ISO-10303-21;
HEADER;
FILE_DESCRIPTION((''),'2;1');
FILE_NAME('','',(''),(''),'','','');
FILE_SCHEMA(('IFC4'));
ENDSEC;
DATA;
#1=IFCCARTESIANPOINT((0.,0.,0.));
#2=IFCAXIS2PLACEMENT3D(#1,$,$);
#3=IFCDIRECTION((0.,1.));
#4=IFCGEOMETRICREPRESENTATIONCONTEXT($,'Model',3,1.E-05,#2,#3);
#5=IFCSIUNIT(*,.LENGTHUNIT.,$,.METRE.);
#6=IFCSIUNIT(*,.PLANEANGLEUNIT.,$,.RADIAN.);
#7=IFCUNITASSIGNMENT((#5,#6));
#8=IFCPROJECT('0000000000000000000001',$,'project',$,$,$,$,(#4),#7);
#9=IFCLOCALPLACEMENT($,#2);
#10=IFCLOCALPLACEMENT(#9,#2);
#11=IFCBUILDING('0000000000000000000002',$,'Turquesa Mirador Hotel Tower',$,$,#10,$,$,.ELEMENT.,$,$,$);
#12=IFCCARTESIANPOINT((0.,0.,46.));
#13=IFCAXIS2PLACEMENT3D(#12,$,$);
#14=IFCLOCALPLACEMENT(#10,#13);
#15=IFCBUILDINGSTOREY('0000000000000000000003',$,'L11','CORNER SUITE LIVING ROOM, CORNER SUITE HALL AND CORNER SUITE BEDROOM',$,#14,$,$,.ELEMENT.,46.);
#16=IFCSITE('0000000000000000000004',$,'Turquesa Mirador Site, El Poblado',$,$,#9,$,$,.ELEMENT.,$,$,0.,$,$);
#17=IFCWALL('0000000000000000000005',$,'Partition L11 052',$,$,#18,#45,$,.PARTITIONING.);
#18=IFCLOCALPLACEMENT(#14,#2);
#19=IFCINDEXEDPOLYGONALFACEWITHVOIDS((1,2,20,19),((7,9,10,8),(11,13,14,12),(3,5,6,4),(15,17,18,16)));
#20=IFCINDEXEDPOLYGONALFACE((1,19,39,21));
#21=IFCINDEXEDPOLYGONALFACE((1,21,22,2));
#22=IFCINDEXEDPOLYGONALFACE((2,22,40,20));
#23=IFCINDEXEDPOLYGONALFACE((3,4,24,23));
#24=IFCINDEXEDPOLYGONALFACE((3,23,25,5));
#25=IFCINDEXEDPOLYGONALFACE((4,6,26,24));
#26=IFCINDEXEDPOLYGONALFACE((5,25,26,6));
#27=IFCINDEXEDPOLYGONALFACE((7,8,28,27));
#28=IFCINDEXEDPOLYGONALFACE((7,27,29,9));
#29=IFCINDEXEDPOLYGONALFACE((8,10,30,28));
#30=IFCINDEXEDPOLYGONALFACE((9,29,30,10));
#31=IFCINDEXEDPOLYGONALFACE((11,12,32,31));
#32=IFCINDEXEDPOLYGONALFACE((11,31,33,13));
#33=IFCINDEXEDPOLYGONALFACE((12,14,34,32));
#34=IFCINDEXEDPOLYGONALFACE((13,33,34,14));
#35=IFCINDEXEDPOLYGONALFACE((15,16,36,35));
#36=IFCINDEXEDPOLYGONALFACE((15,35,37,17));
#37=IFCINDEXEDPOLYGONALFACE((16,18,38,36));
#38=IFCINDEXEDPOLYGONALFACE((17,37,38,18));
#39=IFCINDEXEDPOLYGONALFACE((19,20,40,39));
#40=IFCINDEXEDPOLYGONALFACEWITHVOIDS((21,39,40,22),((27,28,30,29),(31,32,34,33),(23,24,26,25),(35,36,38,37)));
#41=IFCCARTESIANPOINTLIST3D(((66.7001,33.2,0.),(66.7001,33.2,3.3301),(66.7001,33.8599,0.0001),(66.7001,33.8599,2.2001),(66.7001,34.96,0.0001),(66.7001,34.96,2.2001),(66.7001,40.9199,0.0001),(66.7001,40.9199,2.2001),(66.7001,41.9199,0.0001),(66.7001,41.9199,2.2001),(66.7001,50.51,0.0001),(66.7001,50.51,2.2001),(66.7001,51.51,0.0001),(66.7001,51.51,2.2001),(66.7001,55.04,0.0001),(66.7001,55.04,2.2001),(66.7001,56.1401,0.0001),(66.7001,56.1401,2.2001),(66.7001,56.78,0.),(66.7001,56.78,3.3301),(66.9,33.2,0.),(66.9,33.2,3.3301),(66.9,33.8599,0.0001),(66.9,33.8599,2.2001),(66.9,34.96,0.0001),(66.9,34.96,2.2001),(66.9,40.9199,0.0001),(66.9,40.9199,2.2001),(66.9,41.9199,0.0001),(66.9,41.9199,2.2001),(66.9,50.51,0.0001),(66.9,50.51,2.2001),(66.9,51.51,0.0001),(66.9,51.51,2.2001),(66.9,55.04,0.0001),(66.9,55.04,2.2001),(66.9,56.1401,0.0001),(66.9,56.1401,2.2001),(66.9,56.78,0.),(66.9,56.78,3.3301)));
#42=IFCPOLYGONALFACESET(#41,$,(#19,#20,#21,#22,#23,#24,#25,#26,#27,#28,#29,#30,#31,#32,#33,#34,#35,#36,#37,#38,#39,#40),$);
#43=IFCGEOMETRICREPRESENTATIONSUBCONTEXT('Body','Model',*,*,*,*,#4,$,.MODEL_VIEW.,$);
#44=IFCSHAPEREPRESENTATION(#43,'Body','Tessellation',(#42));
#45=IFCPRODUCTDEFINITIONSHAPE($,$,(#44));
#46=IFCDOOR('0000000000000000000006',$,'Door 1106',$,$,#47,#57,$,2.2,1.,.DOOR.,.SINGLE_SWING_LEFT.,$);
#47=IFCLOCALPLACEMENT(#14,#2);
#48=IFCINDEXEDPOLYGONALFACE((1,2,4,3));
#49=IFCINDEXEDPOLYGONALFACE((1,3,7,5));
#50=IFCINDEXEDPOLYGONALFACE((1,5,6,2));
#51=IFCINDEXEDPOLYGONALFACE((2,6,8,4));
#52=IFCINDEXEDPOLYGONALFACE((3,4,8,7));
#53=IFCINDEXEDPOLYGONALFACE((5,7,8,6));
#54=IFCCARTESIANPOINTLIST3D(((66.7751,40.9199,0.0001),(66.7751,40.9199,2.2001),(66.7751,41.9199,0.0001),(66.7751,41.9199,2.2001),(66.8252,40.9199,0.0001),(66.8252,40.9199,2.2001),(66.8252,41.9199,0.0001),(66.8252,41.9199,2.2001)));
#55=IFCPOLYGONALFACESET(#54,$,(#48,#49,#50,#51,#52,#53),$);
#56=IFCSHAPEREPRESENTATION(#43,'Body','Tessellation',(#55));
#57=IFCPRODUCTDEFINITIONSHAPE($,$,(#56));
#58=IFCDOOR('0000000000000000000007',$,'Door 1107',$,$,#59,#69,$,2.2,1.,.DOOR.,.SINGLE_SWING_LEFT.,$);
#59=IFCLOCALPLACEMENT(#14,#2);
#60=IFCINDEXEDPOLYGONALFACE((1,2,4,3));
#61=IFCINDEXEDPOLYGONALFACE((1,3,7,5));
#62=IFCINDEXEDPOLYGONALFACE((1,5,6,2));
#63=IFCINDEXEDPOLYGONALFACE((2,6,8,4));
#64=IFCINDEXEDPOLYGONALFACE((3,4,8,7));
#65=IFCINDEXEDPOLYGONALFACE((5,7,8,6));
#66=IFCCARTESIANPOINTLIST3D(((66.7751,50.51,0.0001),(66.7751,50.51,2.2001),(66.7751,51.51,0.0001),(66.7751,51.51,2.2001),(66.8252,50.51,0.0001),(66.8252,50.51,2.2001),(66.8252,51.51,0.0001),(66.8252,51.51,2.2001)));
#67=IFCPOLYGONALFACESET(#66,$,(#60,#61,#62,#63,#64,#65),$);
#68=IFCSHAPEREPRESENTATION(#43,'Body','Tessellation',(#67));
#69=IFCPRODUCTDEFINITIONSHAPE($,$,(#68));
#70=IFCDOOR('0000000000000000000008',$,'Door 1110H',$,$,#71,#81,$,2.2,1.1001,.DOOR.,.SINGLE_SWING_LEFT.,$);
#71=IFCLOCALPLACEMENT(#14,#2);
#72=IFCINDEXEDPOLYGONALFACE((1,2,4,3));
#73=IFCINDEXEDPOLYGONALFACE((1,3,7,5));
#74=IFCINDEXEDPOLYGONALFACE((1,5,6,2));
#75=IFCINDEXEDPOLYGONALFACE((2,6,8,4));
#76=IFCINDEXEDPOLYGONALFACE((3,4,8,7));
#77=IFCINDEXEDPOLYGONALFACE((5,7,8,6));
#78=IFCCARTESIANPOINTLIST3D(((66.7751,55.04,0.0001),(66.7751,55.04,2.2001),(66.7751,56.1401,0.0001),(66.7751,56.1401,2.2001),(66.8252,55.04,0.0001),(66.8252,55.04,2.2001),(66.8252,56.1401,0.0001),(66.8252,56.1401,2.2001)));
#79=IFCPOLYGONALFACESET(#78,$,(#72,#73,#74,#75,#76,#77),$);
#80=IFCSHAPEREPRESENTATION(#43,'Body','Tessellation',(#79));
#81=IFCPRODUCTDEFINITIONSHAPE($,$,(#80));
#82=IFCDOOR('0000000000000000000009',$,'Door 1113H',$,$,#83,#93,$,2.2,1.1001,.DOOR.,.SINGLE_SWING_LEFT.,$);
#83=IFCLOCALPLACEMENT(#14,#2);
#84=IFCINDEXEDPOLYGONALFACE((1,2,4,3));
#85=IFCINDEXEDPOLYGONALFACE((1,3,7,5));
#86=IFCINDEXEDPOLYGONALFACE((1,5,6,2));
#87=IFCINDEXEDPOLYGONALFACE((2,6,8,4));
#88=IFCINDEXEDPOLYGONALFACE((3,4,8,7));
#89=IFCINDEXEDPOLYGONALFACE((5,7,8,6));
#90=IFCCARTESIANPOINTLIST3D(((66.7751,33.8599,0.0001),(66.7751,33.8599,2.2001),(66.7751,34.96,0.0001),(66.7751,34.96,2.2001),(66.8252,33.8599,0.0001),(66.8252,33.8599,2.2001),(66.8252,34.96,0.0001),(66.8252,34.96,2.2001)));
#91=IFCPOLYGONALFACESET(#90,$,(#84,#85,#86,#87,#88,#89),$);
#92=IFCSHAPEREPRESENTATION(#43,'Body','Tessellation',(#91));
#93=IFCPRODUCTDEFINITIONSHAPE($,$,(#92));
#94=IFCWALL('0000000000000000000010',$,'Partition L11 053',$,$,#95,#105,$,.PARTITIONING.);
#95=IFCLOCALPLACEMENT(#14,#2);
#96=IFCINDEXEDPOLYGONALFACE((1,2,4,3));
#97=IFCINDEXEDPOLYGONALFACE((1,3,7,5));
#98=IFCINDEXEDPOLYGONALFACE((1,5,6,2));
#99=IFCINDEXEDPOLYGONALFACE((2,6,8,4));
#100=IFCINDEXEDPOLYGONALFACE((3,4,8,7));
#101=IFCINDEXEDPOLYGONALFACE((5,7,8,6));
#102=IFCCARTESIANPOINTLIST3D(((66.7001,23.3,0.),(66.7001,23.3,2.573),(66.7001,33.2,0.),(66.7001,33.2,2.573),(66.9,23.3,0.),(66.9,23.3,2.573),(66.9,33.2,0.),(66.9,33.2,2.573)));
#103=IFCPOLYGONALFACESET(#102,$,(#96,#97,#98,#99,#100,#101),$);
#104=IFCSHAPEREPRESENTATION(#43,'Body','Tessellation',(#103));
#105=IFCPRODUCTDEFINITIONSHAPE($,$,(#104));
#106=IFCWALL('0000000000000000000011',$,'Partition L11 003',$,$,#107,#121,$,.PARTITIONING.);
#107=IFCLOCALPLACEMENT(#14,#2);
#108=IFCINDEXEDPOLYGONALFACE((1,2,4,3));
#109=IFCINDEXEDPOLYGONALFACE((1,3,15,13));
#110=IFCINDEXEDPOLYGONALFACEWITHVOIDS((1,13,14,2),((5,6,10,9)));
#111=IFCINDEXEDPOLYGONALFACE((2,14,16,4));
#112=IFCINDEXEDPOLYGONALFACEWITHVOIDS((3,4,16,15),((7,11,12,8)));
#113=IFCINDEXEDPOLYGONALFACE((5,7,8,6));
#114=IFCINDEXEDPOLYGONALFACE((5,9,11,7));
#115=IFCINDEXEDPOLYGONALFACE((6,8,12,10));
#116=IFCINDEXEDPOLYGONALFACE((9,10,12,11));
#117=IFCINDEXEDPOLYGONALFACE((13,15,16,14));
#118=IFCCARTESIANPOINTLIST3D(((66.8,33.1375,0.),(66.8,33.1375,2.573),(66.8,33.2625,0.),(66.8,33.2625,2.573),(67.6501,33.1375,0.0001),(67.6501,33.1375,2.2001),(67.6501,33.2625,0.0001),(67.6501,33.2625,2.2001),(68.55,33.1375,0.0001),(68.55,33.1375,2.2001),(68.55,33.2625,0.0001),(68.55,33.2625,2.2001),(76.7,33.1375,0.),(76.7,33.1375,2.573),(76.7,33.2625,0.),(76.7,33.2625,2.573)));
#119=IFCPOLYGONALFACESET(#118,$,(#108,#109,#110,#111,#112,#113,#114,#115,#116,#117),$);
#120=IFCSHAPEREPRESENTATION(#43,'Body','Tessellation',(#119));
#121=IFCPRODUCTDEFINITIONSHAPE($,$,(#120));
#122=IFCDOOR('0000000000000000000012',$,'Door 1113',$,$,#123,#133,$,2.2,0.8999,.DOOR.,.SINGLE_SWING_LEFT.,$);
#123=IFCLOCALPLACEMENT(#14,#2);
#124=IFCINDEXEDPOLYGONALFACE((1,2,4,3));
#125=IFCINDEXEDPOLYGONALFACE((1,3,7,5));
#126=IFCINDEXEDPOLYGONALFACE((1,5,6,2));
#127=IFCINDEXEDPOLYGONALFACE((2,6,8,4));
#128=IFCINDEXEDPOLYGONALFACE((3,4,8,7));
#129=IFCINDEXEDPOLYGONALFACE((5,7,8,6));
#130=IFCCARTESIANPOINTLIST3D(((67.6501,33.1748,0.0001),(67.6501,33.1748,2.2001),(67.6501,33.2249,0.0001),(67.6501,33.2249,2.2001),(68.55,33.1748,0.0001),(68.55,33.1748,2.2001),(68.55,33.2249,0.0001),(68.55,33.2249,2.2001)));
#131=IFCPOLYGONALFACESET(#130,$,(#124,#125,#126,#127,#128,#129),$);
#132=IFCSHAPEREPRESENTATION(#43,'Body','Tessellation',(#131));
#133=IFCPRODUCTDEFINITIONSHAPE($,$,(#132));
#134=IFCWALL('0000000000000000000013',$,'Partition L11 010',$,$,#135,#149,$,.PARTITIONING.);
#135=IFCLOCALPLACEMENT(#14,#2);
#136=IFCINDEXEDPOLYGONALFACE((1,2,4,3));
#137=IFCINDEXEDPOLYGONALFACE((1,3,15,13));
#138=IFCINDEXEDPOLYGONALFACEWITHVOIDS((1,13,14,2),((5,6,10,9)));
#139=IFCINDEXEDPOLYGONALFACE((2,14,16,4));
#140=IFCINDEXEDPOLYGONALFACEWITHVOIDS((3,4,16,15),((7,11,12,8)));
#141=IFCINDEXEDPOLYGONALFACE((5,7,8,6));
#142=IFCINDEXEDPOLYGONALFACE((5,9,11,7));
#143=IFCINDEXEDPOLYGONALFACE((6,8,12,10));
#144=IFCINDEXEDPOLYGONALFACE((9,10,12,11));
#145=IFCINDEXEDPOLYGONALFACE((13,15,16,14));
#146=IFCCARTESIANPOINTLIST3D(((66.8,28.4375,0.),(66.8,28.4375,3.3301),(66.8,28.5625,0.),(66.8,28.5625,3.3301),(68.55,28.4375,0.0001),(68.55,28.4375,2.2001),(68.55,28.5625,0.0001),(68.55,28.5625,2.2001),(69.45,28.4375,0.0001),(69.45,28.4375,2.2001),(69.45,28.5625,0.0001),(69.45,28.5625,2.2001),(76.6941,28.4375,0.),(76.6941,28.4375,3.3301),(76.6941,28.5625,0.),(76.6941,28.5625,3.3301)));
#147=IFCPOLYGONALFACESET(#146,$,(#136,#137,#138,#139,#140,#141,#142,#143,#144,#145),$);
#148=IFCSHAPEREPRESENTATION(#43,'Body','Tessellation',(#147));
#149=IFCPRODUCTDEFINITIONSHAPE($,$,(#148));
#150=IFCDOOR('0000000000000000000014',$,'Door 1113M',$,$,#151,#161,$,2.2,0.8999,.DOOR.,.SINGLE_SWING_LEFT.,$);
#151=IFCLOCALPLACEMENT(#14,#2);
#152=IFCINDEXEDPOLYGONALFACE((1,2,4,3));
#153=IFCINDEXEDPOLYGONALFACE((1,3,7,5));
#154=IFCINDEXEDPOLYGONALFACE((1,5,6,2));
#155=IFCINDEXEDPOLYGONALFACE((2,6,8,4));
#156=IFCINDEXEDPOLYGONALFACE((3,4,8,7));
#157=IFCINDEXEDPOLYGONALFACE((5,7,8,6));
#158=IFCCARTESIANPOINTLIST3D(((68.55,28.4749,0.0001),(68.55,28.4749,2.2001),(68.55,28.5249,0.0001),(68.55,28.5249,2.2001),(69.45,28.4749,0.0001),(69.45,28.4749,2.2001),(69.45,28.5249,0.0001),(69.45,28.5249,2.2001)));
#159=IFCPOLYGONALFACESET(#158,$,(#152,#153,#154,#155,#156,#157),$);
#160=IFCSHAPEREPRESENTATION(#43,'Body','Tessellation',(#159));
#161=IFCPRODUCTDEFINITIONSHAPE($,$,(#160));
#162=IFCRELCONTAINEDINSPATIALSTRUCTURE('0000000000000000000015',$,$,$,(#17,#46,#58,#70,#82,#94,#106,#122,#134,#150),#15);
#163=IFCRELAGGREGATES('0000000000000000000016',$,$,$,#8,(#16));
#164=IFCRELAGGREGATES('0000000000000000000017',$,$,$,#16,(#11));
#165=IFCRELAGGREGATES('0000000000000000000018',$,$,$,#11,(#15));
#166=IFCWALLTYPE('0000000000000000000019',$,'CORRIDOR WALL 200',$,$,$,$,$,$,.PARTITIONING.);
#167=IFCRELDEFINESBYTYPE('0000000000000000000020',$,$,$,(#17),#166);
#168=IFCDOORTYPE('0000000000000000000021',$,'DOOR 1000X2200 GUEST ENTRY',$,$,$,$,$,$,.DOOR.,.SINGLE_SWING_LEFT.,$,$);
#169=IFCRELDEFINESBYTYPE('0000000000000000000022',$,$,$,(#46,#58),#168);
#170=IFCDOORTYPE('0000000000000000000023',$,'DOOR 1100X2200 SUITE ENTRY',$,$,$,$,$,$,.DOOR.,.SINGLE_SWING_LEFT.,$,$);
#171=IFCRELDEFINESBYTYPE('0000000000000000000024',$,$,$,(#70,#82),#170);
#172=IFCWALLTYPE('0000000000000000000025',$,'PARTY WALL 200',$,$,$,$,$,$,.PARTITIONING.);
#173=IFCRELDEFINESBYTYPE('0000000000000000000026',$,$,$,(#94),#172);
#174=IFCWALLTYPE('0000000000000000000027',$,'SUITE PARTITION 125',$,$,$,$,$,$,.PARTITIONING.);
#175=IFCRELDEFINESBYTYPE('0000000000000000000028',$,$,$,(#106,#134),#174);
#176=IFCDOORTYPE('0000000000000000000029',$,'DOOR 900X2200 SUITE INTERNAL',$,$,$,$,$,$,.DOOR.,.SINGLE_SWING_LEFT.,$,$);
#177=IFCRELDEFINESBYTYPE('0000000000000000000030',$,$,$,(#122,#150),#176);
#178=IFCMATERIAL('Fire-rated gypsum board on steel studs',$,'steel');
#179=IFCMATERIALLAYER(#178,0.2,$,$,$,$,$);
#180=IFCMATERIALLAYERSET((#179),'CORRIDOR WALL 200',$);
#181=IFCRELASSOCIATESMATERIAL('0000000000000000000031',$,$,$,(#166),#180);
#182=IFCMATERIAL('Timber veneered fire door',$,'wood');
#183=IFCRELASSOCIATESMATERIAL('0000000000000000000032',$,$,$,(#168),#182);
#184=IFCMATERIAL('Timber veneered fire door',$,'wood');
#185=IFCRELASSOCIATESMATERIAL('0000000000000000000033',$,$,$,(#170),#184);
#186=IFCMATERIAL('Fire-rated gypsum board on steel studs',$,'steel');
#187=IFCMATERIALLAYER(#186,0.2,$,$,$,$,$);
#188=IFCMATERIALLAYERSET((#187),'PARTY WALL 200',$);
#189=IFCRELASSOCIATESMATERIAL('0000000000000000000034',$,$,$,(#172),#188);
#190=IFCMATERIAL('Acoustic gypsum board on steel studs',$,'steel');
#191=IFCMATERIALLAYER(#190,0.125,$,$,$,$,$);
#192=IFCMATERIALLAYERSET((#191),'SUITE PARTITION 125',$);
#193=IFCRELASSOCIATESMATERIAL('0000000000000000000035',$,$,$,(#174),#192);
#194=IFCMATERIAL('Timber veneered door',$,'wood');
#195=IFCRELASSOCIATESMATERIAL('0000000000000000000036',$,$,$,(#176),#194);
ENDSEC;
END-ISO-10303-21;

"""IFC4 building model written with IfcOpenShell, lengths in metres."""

from ifc_helpers import new_model, si_unit, direction, frame, frame_2d, origin, place, context, subcontext, project, spatial, rectangle, extrude, material, layer, layer_set, type_object, element, fill, save


model = new_model("IFC4")

# Units and contexts
model_context = context("Model", 3, precision=1e-05, world=origin(), true_north=direction((0.0, 1.0)))
body_context = subcontext(model_context, "Body", "Model", "MODEL_VIEW")
ifc_project = project(units=[si_unit("LENGTHUNIT", "METRE"), si_unit("PLANEANGLEUNIT", "RADIAN")], contexts=[model_context])

# Site, building, storey
site_placement = place(None, origin())
site = spatial("IfcSite", under=ifc_project, at=site_placement, Name="Turquesa Mirador Site, El Poblado", CompositionType="ELEMENT", RefElevation=0.0)
building_placement = place(site_placement, origin())
building = spatial("IfcBuilding", under=site, at=building_placement, Name="Turquesa Mirador Hotel Tower", CompositionType="ELEMENT")
storey_placement = place(building_placement, frame((0.0, 0.0, 46.0)))
storey = spatial("IfcBuildingStorey", under=building, at=storey_placement, Name="L11", Description="CORNER SUITE LIVING ROOM, CORNER SUITE HALL AND CORNER SUITE BEDROOM", CompositionType="ELEMENT", Elevation=46.0)

# Wall, openings, doors
ifc_material_1 = material(Name="Fire-rated gypsum board on steel studs", Category="steel")
ifc_layer_1 = layer(ifc_material_1, 0.2)
ifc_layer_set_1 = layer_set([ifc_layer_1], Name="CORRIDOR WALL 200")
wall_type_1 = type_object("IfcWallType", Name="CORRIDOR WALL 200", PredefinedType="PARTITIONING", material=ifc_layer_set_1)
wall_1_placement = place(storey_placement, frame((66.8, 33.2, 0.0), z_axis=(0.0, 0.0, 1.0), x_axis=(0.0, 1.0, 0.0)))
wall_1 = element("IfcWall", 1, at=wall_1_placement, inside=storey, type_object=wall_type_1, Name="Partition L11 052", PredefinedType="PARTITIONING", context=body_context, shape_type="SweptSolid", body=[
    extrude(rectangle(XDim=23.5801, YDim=0.2, at=frame_2d((11.79, 0.0))), origin(), (0.0, 0.0, 1.0), 3.3301),
])
opening_1_placement = place(wall_1_placement, frame((7.72, 0.0, 0.0)))
opening_1 = element("IfcOpeningElement", 2, at=opening_1_placement, cuts=wall_1, PredefinedType="OPENING", context=body_context, shape_type="SweptSolid", body=[
    extrude(rectangle(XDim=1.0, YDim=2.2, at=frame_2d((0.5, 1.1001))), frame((0.0, 0.1099, 0.0), z_axis=(0.0, -1.0, 0.0), x_axis=(1.0, 0.0, 0.0)), (0.0, 0.0, 1.0), 0.22),
])
opening_2_placement = place(wall_1_placement, frame((17.3101, 0.0, 0.0)))
opening_2 = element("IfcOpeningElement", 3, at=opening_2_placement, cuts=wall_1, PredefinedType="OPENING", context=body_context, shape_type="SweptSolid", body=[
    extrude(rectangle(XDim=1.0, YDim=2.2, at=frame_2d((0.5, 1.1001))), frame((0.0, 0.1099, 0.0), z_axis=(0.0, -1.0, 0.0), x_axis=(1.0, 0.0, 0.0)), (0.0, 0.0, 1.0), 0.22),
])
opening_3_placement = place(wall_1_placement, frame((21.8401, 0.0, 0.0)))
opening_3 = element("IfcOpeningElement", 4, at=opening_3_placement, cuts=wall_1, PredefinedType="OPENING", context=body_context, shape_type="SweptSolid", body=[
    extrude(rectangle(XDim=1.1001, YDim=2.2, at=frame_2d((0.55, 1.1001))), frame((0.0, 0.1099, 0.0), z_axis=(0.0, -1.0, 0.0), x_axis=(1.0, 0.0, 0.0)), (0.0, 0.0, 1.0), 0.22),
])
opening_4_placement = place(wall_1_placement, frame((0.6599, 0.0, 0.0)))
opening_4 = element("IfcOpeningElement", 5, at=opening_4_placement, cuts=wall_1, PredefinedType="OPENING", context=body_context, shape_type="SweptSolid", body=[
    extrude(rectangle(XDim=1.1001, YDim=2.2, at=frame_2d((0.55, 1.1001))), frame((0.0, 0.1099, 0.0), z_axis=(0.0, -1.0, 0.0), x_axis=(1.0, 0.0, 0.0)), (0.0, 0.0, 1.0), 0.22),
])
ifc_material_2 = material(Name="Timber veneered fire door", Category="wood")
door_type_1 = type_object("IfcDoorType", Name="DOOR 1000X2200 GUEST ENTRY", OperationType="SINGLE_SWING_LEFT", PredefinedType="DOOR", material=ifc_material_2)
door_1_placement = place(opening_1_placement, origin())
door_1 = element("IfcDoor", 6, at=door_1_placement, inside=storey, type_object=door_type_1, Name="Door 1106", OperationType="SINGLE_SWING_LEFT", OverallHeight=2.2, OverallWidth=1.0, PredefinedType="DOOR", context=body_context, shape_type="SweptSolid", body=[
    extrude(rectangle(XDim=1.0, YDim=2.2, at=frame_2d((0.5, 1.1001))), frame((0.0, 0.0249, 0.0), z_axis=(0.0, -1.0, 0.0), x_axis=(1.0, 0.0, 0.0)), (0.0, 0.0, 1.0), 0.05),
])
fill(opening_1, door_1)
door_2_placement = place(opening_2_placement, origin())
door_2 = element("IfcDoor", 7, at=door_2_placement, inside=storey, type_object=door_type_1, Name="Door 1107", OperationType="SINGLE_SWING_LEFT", OverallHeight=2.2, OverallWidth=1.0, PredefinedType="DOOR", context=body_context, shape_type="SweptSolid", body=[
    extrude(rectangle(XDim=1.0, YDim=2.2, at=frame_2d((0.5, 1.1001))), frame((0.0, 0.0249, 0.0), z_axis=(0.0, -1.0, 0.0), x_axis=(1.0, 0.0, 0.0)), (0.0, 0.0, 1.0), 0.05),
])
fill(opening_2, door_2)
ifc_material_3 = material(Name="Timber veneered fire door", Category="wood")
door_type_2 = type_object("IfcDoorType", Name="DOOR 1100X2200 SUITE ENTRY", OperationType="SINGLE_SWING_LEFT", PredefinedType="DOOR", material=ifc_material_3)
door_3_placement = place(opening_3_placement, origin())
door_3 = element("IfcDoor", 8, at=door_3_placement, inside=storey, type_object=door_type_2, Name="Door 1110H", OperationType="SINGLE_SWING_LEFT", OverallHeight=2.2, OverallWidth=1.1001, PredefinedType="DOOR", context=body_context, shape_type="SweptSolid", body=[
    extrude(rectangle(XDim=1.1001, YDim=2.2, at=frame_2d((0.55, 1.1001))), frame((0.0, 0.0249, 0.0), z_axis=(0.0, -1.0, 0.0), x_axis=(1.0, 0.0, 0.0)), (0.0, 0.0, 1.0), 0.05),
])
fill(opening_3, door_3)
door_4_placement = place(opening_4_placement, origin())
door_4 = element("IfcDoor", 9, at=door_4_placement, inside=storey, type_object=door_type_2, Name="Door 1113H", OperationType="SINGLE_SWING_LEFT", OverallHeight=2.2, OverallWidth=1.1001, PredefinedType="DOOR", context=body_context, shape_type="SweptSolid", body=[
    extrude(rectangle(XDim=1.1001, YDim=2.2, at=frame_2d((0.55, 1.1001))), frame((0.0, 0.0249, 0.0), z_axis=(0.0, -1.0, 0.0), x_axis=(1.0, 0.0, 0.0)), (0.0, 0.0, 1.0), 0.05),
])
fill(opening_4, door_4)

# Wall
ifc_material_4 = material(Name="Fire-rated gypsum board on steel studs", Category="steel")
ifc_layer_2 = layer(ifc_material_4, 0.2)
ifc_layer_set_2 = layer_set([ifc_layer_2], Name="PARTY WALL 200")
wall_type_2 = type_object("IfcWallType", Name="PARTY WALL 200", PredefinedType="PARTITIONING", material=ifc_layer_set_2)
wall_2_placement = place(storey_placement, frame((66.8, 23.3, 0.0), z_axis=(0.0, 0.0, 1.0), x_axis=(0.0, 1.0, 0.0)))
element("IfcWall", 10, at=wall_2_placement, inside=storey, type_object=wall_type_2, Name="Partition L11 053", PredefinedType="PARTITIONING", context=body_context, shape_type="SweptSolid", body=[
    extrude(rectangle(XDim=9.8999, YDim=0.2, at=frame_2d((4.95, 0.0))), origin(), (0.0, 0.0, 1.0), 2.573),
])

# Walls, openings, doors
ifc_material_5 = material(Name="Acoustic gypsum board on steel studs", Category="steel")
ifc_layer_3 = layer(ifc_material_5, 0.125)
ifc_layer_set_3 = layer_set([ifc_layer_3], Name="SUITE PARTITION 125")
wall_type_3 = type_object("IfcWallType", Name="SUITE PARTITION 125", PredefinedType="PARTITIONING", material=ifc_layer_set_3)
wall_3_placement = place(storey_placement, frame((66.8, 33.2, 0.0), z_axis=(0.0, 0.0, 1.0), x_axis=(1.0, 0.0, 0.0)))
wall_3 = element("IfcWall", 11, at=wall_3_placement, inside=storey, type_object=wall_type_3, Name="Partition L11 003", PredefinedType="PARTITIONING", context=body_context, shape_type="SweptSolid", body=[
    extrude(rectangle(XDim=9.8999, YDim=0.125, at=frame_2d((4.95, 0.0))), origin(), (0.0, 0.0, 1.0), 2.573),
])
opening_5_placement = place(wall_3_placement, frame((0.8501, 0.0, 0.0)))
opening_5 = element("IfcOpeningElement", 12, at=opening_5_placement, cuts=wall_3, PredefinedType="OPENING", context=body_context, shape_type="SweptSolid", body=[
    extrude(rectangle(XDim=0.8999, YDim=2.2, at=frame_2d((0.45, 1.1001))), frame((0.0, 0.0725, 0.0), z_axis=(0.0, -1.0, 0.0), x_axis=(1.0, 0.0, 0.0)), (0.0, 0.0, 1.0), 0.145),
])
ifc_material_6 = material(Name="Timber veneered door", Category="wood")
door_type_3 = type_object("IfcDoorType", Name="DOOR 900X2200 SUITE INTERNAL", OperationType="SINGLE_SWING_LEFT", PredefinedType="DOOR", material=ifc_material_6)
door_5_placement = place(opening_5_placement, origin())
door_5 = element("IfcDoor", 13, at=door_5_placement, inside=storey, type_object=door_type_3, Name="Door 1113", OperationType="SINGLE_SWING_LEFT", OverallHeight=2.2, OverallWidth=0.8999, PredefinedType="DOOR", context=body_context, shape_type="SweptSolid", body=[
    extrude(rectangle(XDim=0.8999, YDim=2.2, at=frame_2d((0.45, 1.1001))), frame((0.0, 0.0249, 0.0), z_axis=(0.0, -1.0, 0.0), x_axis=(1.0, 0.0, 0.0)), (0.0, 0.0, 1.0), 0.05),
])
fill(opening_5, door_5)
wall_4_placement = place(storey_placement, frame((66.8, 28.5, 0.0), z_axis=(0.0, 0.0, 1.0), x_axis=(1.0, 0.0, 0.0)))
wall_4 = element("IfcWall", 14, at=wall_4_placement, inside=storey, type_object=wall_type_3, Name="Partition L11 010", PredefinedType="PARTITIONING", context=body_context, shape_type="SweptSolid", body=[
    extrude(rectangle(XDim=9.894, YDim=0.125, at=frame_2d((4.947, 0.0))), origin(), (0.0, 0.0, 1.0), 3.3301),
])
opening_6_placement = place(wall_4_placement, frame((1.75, 0.0, 0.0)))
opening_6 = element("IfcOpeningElement", 15, at=opening_6_placement, cuts=wall_4, PredefinedType="OPENING", context=body_context, shape_type="SweptSolid", body=[
    extrude(rectangle(XDim=0.8999, YDim=2.2, at=frame_2d((0.45, 1.1001))), frame((0.0, 0.0725, 0.0), z_axis=(0.0, -1.0, 0.0), x_axis=(1.0, 0.0, 0.0)), (0.0, 0.0, 1.0), 0.145),
])
door_6_placement = place(opening_6_placement, origin())
door_6 = element("IfcDoor", 16, at=door_6_placement, inside=storey, type_object=door_type_3, Name="Door 1113M", OperationType="SINGLE_SWING_LEFT", OverallHeight=2.2, OverallWidth=0.8999, PredefinedType="DOOR", context=body_context, shape_type="SweptSolid", body=[
    extrude(rectangle(XDim=0.8999, YDim=2.2, at=frame_2d((0.45, 1.1001))), frame((0.0, 0.0249, 0.0), z_axis=(0.0, -1.0, 0.0), x_axis=(1.0, 0.0, 0.0)), (0.0, 0.0, 1.0), 0.05),
])
fill(opening_6, door_6)

save(model, "model.ifc")
